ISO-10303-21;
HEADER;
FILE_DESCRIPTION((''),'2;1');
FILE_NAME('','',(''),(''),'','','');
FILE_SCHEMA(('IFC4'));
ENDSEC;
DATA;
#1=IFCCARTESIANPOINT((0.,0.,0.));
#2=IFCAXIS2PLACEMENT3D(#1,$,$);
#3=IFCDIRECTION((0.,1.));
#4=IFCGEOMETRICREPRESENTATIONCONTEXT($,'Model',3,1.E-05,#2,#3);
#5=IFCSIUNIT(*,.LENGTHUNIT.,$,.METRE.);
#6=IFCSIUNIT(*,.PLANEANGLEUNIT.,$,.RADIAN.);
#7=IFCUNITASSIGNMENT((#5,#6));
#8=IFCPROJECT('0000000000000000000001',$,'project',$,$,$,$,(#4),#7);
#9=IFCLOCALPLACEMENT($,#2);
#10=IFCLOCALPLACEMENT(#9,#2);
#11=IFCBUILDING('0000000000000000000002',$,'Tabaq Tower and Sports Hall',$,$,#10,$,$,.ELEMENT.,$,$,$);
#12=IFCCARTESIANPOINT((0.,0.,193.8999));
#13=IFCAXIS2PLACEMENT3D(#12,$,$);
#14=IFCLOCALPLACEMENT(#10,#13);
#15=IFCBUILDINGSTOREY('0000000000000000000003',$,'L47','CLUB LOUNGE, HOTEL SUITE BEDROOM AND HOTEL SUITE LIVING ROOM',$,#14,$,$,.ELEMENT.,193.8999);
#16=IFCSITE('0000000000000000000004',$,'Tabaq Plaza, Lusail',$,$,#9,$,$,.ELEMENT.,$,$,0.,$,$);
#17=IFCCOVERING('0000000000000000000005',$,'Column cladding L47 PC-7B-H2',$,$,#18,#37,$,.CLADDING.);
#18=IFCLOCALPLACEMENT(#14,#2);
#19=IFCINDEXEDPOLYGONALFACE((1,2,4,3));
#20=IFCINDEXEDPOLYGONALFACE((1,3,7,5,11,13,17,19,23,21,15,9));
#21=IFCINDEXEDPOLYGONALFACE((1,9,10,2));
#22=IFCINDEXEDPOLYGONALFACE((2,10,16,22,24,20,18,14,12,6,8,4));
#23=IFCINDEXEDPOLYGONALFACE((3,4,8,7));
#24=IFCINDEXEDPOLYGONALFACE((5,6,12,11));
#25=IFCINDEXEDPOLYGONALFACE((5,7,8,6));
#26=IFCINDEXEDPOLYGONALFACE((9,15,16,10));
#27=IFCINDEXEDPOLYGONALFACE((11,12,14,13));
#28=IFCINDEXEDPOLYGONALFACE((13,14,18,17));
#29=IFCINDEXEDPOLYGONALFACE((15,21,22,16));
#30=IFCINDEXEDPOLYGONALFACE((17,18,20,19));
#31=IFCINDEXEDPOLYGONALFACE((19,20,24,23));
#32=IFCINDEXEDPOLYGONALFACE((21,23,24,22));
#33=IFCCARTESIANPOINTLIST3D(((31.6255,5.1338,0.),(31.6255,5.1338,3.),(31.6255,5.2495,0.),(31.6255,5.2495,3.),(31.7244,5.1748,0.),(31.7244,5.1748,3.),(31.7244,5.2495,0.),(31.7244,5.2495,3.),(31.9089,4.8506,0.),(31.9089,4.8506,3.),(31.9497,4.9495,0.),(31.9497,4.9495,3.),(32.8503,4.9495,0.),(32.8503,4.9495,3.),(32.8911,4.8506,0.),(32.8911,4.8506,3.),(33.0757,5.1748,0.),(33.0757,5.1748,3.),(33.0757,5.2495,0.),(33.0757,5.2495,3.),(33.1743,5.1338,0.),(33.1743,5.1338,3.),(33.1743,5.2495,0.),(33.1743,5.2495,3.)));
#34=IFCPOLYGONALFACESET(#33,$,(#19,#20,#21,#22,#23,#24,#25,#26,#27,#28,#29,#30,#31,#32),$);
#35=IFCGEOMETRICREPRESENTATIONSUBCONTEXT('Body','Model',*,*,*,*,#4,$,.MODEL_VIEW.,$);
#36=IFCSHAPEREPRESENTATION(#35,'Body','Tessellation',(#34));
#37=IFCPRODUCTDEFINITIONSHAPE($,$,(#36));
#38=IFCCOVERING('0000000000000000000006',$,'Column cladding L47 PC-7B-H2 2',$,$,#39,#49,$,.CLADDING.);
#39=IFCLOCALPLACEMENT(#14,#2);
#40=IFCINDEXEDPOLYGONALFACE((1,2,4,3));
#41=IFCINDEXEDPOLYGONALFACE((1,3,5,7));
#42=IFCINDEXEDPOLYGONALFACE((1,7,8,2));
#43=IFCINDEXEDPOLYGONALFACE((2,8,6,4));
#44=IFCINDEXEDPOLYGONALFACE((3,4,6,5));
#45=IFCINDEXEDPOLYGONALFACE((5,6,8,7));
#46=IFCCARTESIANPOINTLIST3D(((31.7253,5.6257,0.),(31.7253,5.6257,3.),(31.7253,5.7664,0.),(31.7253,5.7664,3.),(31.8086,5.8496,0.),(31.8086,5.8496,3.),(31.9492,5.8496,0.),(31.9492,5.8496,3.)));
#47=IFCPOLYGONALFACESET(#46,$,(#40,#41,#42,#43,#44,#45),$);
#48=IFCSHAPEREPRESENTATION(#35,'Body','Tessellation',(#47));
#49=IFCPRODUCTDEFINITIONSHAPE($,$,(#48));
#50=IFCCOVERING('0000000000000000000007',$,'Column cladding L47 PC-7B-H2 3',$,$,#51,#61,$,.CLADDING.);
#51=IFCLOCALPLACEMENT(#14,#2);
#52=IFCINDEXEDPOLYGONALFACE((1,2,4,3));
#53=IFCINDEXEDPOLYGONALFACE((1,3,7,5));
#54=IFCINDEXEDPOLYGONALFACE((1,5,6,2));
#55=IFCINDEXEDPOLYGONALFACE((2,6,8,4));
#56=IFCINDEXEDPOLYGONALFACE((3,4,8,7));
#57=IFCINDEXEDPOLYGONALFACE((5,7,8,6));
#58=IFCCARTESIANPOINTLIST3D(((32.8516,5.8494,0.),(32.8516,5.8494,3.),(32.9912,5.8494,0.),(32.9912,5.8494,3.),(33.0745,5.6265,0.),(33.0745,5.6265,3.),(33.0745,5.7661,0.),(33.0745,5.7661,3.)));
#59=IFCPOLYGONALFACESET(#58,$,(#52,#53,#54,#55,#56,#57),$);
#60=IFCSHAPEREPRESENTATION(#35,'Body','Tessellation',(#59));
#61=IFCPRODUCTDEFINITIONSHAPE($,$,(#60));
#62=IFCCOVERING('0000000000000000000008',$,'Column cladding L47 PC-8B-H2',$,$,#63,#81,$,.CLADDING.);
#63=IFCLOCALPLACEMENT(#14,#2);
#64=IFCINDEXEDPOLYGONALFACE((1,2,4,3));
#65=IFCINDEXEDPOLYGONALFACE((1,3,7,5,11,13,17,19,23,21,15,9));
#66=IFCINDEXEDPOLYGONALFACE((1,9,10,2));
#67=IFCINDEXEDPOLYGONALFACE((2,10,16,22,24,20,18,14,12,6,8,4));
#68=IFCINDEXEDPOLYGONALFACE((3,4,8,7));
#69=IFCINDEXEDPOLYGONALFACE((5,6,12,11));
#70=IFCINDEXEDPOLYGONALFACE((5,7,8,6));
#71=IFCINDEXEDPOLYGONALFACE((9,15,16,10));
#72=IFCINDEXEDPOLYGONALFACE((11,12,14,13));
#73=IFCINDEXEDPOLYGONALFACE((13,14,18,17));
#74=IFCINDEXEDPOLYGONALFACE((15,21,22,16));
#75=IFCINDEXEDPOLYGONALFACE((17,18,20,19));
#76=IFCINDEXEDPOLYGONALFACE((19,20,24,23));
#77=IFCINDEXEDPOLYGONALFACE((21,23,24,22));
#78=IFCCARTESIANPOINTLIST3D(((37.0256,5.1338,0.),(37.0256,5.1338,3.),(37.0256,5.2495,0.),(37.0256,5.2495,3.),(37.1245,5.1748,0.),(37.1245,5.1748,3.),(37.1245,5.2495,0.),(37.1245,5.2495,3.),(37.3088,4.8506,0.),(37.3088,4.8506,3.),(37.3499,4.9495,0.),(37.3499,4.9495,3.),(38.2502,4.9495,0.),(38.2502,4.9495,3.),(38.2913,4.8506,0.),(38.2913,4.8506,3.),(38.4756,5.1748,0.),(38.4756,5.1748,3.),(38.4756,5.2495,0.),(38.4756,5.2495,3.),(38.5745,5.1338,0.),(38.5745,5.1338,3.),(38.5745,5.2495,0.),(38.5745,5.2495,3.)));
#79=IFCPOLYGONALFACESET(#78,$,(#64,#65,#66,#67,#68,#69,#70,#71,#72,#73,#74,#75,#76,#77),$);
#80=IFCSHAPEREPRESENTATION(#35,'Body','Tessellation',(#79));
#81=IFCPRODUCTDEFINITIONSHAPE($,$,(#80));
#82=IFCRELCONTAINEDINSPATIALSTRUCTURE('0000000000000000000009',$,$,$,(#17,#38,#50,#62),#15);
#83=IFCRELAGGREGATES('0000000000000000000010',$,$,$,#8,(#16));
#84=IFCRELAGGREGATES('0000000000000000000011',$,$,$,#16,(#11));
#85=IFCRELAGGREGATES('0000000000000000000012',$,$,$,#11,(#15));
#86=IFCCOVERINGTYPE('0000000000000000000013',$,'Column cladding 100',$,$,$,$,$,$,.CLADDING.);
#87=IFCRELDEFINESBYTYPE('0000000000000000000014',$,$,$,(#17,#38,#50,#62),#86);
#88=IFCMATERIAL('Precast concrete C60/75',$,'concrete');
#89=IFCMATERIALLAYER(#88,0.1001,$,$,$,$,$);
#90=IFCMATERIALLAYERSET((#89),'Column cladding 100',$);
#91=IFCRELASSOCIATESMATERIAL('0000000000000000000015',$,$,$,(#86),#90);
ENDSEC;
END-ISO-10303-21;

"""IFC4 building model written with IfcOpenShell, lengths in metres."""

from ifc_helpers import new_model, si_unit, direction, frame, origin, place, context, subcontext, project, spatial, polyline, outline, extrude, material, layer, layer_set, type_object, element, save


model = new_model("IFC4")

# Units and contexts
model_context = context("Model", 3, precision=1e-05, world=origin(), true_north=direction((0.0, 1.0)))
body_context = subcontext(model_context, "Body", "Model", "MODEL_VIEW")
ifc_project = project(units=[si_unit("LENGTHUNIT", "METRE"), si_unit("PLANEANGLEUNIT", "RADIAN")], contexts=[model_context])

# Site, building, storey
site_placement = place(None, origin())
site = spatial("IfcSite", under=ifc_project, at=site_placement, Name="Tabaq Plaza, Lusail", CompositionType="ELEMENT", RefElevation=0.0)
building_placement = place(site_placement, origin())
building = spatial("IfcBuilding", under=site, at=building_placement, Name="Tabaq Tower and Sports Hall", CompositionType="ELEMENT")
storey_placement = place(building_placement, frame((0.0, 0.0, 193.8999)))
storey = spatial("IfcBuildingStorey", under=building, at=storey_placement, Name="L47", Description="CLUB LOUNGE, HOTEL SUITE BEDROOM AND HOTEL SUITE LIVING ROOM", CompositionType="ELEMENT", Elevation=193.8999)

# Coverings
ifc_material_1 = material(Name="Precast concrete C60/75", Category="concrete")
ifc_layer_1 = layer(ifc_material_1, 0.1001)
ifc_layer_set_1 = layer_set([ifc_layer_1], Name="Column cladding 100")
covering_type = type_object("IfcCoveringType", Name="Column cladding 100", PredefinedType="CLADDING", material=ifc_layer_set_1)
covering_1_placement = place(storey_placement, origin())
element("IfcCovering", 1, at=covering_1_placement, inside=storey, type_object=covering_type, Name="Column cladding L47 PC-7B-H2", PredefinedType="CLADDING", context=body_context, shape_type="SweptSolid", body=[
    extrude(outline(polyline([(31.6255, 5.2495), (31.7244, 5.2495), (31.7244, 5.1748), (31.9497, 4.9495), (32.8503, 4.9495), (33.0757, 5.1748), (33.0757, 5.2495), (33.1743, 5.2495), (33.1743, 5.1338), (32.8911, 4.8506), (31.9089, 4.8506), (31.6255, 5.1338), (31.6255, 5.2495)])), origin(), (0.0, 0.0, 1.0), 3.0),
])
covering_2_placement = place(storey_placement, origin())
element("IfcCovering", 2, at=covering_2_placement, inside=storey, type_object=covering_type, Name="Column cladding L47 PC-7B-H2 2", PredefinedType="CLADDING", context=body_context, shape_type="SweptSolid", body=[
    extrude(outline(polyline([(31.8086, 5.8496), (31.9492, 5.8496), (31.7253, 5.6257), (31.7253, 5.7664), (31.8086, 5.8496)])), origin(), (0.0, 0.0, 1.0), 3.0),
])
covering_3_placement = place(storey_placement, origin())
element("IfcCovering", 3, at=covering_3_placement, inside=storey, type_object=covering_type, Name="Column cladding L47 PC-7B-H2 3", PredefinedType="CLADDING", context=body_context, shape_type="SweptSolid", body=[
    extrude(outline(polyline([(33.0745, 5.6265), (32.8516, 5.8494), (32.9912, 5.8494), (33.0745, 5.7661), (33.0745, 5.6265)])), origin(), (0.0, 0.0, 1.0), 3.0),
])
covering_4_placement = place(storey_placement, origin())
element("IfcCovering", 4, at=covering_4_placement, inside=storey, type_object=covering_type, Name="Column cladding L47 PC-8B-H2", PredefinedType="CLADDING", context=body_context, shape_type="SweptSolid", body=[
    extrude(outline(polyline([(37.0256, 5.2495), (37.1245, 5.2495), (37.1245, 5.1748), (37.3499, 4.9495), (38.2502, 4.9495), (38.4756, 5.1748), (38.4756, 5.2495), (38.5745, 5.2495), (38.5745, 5.1338), (38.2913, 4.8506), (37.3088, 4.8506), (37.0256, 5.1338), (37.0256, 5.2495)])), origin(), (0.0, 0.0, 1.0), 3.0),
])

save(model, "model.ifc")
